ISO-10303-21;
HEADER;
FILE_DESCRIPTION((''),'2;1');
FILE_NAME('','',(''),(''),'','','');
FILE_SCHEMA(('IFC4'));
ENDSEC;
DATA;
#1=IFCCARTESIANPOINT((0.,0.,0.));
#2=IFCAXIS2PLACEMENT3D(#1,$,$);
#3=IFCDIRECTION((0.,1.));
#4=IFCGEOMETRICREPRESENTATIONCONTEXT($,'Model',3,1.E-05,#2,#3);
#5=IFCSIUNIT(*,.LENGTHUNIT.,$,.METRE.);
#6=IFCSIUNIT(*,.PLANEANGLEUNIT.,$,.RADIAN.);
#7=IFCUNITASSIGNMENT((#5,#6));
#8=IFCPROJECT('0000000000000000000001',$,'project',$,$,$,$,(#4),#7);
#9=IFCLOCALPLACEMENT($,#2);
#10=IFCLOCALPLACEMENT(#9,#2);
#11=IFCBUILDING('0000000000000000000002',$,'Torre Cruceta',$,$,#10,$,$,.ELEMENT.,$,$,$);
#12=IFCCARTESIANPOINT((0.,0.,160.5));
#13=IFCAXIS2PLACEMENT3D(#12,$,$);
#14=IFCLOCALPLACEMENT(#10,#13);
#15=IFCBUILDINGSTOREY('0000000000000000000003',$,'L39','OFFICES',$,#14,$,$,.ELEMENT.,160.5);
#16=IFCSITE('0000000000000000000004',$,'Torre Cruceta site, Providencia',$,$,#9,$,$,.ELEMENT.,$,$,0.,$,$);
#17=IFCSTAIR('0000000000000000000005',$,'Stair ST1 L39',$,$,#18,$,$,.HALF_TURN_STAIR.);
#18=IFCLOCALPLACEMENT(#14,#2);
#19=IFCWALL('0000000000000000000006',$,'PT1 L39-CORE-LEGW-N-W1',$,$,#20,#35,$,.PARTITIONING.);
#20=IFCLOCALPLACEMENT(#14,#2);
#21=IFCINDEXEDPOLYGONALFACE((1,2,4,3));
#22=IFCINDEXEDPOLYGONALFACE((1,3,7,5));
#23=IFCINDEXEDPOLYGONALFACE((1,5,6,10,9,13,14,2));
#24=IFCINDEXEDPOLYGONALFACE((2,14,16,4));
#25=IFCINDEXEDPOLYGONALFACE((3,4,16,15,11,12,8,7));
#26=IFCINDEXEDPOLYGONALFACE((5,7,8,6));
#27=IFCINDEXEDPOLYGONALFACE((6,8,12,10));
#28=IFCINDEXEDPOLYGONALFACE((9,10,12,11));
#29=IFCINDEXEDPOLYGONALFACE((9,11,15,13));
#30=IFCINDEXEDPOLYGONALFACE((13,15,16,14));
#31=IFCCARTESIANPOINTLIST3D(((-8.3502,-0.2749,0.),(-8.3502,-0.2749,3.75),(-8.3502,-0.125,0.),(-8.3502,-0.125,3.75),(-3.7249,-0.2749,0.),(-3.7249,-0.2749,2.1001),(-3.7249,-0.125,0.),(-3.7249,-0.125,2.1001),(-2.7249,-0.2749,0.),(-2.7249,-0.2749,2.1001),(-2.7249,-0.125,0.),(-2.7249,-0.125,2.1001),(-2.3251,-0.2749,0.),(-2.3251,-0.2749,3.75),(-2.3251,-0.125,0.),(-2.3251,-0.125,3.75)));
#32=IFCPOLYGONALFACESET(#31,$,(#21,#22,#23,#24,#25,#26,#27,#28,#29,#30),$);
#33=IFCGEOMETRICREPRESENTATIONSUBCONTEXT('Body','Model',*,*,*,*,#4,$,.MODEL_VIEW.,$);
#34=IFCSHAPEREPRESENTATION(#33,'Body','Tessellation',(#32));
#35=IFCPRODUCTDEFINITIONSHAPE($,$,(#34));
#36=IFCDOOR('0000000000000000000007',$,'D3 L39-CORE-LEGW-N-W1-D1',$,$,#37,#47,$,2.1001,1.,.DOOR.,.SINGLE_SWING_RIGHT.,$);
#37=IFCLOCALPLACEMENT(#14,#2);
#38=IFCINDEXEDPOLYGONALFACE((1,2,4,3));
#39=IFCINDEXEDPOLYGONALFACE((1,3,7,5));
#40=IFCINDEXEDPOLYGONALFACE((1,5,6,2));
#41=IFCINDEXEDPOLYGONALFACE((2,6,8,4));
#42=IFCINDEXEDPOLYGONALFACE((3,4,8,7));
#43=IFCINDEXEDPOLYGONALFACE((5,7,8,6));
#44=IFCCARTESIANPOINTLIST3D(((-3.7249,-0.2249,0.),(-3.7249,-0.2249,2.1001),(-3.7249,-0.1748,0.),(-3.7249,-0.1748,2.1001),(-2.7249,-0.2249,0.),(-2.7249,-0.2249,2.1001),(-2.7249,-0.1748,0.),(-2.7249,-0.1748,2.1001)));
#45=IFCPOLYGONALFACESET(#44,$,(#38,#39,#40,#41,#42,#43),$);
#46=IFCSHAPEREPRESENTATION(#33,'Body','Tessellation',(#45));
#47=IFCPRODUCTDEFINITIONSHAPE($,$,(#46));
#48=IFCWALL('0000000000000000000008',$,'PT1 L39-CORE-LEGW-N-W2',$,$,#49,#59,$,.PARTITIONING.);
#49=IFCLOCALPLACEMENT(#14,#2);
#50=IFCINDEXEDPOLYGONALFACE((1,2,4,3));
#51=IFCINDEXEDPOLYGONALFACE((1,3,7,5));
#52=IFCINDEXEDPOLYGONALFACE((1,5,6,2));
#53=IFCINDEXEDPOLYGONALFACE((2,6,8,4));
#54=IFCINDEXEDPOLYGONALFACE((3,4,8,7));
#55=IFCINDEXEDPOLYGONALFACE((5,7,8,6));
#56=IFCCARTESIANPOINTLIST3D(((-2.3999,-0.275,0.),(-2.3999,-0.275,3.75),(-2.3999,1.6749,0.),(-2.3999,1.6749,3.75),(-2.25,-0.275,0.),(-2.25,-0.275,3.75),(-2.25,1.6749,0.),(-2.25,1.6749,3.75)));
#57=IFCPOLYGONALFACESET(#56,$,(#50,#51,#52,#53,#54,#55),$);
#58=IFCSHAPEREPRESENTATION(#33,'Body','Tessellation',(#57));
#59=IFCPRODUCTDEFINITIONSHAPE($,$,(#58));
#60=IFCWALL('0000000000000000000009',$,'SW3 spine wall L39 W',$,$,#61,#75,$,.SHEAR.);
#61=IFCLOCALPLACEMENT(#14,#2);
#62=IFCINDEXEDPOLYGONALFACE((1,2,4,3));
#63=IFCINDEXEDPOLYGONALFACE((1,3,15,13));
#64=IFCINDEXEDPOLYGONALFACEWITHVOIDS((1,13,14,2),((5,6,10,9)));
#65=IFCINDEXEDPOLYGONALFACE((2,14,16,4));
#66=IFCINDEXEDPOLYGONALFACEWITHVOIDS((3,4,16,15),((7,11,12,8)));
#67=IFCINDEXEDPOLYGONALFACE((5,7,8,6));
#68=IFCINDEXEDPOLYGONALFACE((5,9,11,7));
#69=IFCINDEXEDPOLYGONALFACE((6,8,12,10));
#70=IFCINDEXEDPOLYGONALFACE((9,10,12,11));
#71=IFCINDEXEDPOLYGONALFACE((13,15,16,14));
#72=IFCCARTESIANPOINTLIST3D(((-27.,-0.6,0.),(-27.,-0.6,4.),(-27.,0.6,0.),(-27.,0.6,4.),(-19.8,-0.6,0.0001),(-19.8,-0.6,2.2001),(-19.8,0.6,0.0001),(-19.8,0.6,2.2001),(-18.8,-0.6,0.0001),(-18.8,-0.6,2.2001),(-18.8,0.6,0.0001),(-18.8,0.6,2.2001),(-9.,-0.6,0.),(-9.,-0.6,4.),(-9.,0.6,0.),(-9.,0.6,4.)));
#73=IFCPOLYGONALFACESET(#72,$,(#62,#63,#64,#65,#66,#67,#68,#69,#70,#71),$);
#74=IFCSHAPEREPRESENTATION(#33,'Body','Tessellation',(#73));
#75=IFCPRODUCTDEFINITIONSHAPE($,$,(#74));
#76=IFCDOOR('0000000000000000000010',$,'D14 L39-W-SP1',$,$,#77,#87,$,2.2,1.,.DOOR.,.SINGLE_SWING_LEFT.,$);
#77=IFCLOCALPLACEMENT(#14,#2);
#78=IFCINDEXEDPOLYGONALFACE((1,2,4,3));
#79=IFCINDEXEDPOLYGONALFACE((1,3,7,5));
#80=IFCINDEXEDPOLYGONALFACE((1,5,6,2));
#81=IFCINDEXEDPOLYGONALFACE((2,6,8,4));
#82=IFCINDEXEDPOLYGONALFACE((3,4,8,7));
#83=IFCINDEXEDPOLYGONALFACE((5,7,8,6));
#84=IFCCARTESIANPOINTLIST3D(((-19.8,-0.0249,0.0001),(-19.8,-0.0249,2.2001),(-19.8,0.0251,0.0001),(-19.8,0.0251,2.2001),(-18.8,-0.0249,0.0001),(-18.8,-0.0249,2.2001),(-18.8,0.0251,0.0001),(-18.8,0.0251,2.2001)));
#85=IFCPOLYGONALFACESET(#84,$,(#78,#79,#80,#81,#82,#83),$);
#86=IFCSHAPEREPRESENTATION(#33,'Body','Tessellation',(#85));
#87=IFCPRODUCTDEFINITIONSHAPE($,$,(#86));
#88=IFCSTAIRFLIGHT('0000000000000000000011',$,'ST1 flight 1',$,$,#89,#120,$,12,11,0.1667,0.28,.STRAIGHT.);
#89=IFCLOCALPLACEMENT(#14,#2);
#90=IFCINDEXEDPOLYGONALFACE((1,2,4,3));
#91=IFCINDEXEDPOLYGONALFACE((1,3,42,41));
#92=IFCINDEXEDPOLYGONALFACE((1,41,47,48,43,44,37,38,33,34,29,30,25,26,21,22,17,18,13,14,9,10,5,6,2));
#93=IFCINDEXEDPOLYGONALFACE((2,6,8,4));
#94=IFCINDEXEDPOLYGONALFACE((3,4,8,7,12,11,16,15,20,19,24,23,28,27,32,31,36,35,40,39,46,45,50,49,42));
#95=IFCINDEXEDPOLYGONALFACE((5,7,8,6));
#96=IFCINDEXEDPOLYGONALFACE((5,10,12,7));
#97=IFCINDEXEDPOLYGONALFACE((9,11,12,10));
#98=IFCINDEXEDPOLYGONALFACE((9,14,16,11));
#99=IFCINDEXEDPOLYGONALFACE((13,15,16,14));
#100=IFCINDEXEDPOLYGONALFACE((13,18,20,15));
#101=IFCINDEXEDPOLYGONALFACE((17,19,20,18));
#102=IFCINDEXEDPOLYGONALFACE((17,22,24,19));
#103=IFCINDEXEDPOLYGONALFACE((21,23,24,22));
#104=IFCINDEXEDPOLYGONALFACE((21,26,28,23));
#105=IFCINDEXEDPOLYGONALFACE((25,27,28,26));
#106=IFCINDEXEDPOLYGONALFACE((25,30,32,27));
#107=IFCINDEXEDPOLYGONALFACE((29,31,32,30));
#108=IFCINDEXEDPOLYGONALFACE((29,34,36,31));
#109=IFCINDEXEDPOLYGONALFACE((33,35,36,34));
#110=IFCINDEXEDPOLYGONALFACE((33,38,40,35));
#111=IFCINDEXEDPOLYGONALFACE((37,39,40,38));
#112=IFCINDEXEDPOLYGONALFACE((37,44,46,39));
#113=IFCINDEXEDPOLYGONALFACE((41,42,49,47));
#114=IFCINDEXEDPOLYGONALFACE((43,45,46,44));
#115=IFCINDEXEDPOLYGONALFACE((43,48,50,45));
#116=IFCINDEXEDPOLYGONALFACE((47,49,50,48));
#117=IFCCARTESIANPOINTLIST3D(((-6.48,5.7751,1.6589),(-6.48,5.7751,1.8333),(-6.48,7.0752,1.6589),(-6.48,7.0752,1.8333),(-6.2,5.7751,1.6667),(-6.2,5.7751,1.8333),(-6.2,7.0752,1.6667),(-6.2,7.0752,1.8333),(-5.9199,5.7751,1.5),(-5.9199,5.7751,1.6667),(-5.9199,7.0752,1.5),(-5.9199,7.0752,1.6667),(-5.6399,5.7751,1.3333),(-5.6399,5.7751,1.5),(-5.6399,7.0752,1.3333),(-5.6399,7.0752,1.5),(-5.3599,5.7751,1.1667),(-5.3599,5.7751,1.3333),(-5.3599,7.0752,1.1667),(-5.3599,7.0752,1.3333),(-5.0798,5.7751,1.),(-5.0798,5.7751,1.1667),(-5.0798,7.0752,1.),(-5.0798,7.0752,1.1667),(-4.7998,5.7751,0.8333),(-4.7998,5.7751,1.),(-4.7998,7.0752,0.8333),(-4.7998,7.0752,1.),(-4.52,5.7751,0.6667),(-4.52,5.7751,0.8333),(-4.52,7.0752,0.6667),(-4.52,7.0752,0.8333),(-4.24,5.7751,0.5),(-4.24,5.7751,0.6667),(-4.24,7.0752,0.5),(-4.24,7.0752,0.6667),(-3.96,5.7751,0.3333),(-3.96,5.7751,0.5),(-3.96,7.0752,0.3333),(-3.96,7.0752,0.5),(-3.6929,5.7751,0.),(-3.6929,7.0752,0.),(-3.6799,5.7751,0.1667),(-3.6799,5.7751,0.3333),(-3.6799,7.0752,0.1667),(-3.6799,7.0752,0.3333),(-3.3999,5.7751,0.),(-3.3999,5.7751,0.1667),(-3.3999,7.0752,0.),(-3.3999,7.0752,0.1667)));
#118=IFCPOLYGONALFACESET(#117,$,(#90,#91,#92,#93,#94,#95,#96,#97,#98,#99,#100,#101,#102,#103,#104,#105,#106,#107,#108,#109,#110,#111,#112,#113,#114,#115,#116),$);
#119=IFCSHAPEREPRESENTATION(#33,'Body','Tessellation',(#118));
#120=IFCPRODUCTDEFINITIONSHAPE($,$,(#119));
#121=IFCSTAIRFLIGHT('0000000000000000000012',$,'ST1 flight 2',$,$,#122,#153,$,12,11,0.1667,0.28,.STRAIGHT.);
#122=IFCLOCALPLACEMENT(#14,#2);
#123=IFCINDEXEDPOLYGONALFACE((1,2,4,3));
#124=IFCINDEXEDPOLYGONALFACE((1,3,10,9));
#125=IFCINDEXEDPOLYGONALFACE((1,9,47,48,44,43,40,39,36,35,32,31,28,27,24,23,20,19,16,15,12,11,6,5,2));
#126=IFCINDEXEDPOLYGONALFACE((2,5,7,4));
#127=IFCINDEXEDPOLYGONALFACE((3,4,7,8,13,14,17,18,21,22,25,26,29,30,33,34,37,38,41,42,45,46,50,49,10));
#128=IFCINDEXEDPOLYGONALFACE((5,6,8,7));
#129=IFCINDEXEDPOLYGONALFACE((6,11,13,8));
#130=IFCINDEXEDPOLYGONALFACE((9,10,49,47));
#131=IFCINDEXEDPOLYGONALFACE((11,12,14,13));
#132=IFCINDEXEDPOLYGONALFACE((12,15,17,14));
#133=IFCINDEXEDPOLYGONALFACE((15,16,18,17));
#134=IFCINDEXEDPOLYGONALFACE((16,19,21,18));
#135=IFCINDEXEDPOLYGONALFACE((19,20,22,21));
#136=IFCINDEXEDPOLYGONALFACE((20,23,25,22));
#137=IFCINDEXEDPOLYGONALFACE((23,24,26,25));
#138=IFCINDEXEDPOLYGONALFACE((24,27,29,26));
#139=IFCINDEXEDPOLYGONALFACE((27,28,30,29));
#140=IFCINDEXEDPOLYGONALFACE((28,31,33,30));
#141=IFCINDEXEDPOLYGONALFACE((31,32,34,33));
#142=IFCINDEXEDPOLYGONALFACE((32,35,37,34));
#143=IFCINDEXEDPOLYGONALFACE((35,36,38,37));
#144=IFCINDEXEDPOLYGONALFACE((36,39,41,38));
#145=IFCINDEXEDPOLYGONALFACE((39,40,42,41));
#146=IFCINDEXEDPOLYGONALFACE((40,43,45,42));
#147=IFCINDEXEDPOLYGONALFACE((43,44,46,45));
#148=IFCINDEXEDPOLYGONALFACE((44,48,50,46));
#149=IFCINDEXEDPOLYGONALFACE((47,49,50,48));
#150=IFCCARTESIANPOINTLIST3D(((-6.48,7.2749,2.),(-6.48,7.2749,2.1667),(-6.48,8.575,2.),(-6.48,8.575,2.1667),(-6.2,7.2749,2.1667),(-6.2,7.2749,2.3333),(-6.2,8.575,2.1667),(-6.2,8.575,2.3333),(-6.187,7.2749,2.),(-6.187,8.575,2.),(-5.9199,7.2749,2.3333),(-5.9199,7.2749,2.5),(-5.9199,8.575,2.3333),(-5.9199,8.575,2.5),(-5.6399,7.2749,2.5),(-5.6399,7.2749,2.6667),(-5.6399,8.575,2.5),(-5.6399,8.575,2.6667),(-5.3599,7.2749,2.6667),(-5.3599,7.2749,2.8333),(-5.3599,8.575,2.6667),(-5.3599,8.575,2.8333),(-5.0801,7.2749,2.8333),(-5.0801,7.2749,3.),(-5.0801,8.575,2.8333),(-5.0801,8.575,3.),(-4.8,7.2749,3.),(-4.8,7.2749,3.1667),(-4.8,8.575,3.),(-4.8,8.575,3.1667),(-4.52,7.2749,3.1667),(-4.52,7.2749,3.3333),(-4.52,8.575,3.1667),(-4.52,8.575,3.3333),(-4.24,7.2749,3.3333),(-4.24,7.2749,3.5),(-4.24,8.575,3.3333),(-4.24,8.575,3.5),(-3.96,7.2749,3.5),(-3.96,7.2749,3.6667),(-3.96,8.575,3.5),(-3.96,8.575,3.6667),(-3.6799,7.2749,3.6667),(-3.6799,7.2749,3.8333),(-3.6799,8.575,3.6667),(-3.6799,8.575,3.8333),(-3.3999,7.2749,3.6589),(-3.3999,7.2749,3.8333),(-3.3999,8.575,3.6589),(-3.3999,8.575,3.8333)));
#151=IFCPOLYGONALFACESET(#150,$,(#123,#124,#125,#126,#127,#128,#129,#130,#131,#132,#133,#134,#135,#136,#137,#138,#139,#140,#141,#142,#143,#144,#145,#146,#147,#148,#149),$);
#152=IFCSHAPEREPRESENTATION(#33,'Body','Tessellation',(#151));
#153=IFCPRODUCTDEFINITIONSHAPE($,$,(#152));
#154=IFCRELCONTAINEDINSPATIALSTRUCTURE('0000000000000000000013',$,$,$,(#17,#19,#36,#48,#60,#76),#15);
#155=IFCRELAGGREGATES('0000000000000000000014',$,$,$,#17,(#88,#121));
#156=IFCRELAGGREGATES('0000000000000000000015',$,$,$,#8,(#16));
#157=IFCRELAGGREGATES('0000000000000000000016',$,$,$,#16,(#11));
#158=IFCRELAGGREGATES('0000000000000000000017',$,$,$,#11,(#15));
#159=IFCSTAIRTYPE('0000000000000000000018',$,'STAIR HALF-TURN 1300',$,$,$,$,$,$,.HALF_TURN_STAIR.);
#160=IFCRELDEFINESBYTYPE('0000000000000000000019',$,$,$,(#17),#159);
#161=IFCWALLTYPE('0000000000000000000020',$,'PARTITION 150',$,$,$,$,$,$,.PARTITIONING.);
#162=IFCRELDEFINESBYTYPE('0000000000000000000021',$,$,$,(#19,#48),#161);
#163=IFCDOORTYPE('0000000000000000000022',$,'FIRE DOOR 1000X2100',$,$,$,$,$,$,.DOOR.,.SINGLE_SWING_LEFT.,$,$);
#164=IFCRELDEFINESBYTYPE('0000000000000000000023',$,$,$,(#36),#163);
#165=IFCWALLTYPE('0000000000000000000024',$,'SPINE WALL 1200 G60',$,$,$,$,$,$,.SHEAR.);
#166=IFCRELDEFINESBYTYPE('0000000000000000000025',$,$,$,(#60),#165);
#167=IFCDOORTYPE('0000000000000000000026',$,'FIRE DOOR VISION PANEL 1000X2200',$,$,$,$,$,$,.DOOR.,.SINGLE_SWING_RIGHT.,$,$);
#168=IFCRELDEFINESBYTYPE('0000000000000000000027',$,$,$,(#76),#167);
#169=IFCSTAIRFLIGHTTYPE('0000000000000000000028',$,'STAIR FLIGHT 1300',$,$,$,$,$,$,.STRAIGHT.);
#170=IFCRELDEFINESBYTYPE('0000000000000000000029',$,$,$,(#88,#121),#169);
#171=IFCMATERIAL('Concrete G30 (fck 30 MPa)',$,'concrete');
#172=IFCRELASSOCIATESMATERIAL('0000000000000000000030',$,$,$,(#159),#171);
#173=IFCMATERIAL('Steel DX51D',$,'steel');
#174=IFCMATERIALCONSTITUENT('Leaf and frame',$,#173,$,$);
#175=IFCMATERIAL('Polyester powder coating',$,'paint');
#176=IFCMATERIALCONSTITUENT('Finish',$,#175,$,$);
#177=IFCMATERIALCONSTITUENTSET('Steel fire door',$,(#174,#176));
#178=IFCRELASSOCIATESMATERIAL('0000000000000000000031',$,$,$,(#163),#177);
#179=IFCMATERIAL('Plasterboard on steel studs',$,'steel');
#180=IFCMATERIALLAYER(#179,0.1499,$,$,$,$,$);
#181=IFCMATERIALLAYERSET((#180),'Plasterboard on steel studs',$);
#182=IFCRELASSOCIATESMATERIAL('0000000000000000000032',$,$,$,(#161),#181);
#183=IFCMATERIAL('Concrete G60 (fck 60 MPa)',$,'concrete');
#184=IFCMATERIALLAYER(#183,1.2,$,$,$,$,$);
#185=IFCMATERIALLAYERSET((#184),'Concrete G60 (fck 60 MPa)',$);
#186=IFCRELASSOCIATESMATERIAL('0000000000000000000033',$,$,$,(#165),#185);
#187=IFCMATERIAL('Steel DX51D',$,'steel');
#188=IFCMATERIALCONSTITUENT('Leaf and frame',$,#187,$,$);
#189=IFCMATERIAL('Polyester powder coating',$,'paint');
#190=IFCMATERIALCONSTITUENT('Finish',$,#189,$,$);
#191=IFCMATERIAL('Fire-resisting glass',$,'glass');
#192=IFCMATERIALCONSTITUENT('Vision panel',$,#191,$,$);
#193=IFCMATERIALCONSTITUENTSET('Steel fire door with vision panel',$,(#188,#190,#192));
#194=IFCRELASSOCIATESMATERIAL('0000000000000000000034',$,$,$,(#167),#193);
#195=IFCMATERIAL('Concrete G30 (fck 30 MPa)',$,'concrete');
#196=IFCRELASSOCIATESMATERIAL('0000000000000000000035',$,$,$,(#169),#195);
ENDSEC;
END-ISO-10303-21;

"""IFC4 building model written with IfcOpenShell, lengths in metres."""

from ifc_helpers import new_model, si_unit, direction, frame, frame_2d, origin, place, context, subcontext, project, spatial, polyline, rectangle, outline, extrude, material, layer, layer_set, constituent, constituent_set, type_object, element, fill, aggregate, save


model = new_model("IFC4")

# Units and contexts
model_context = context("Model", 3, precision=1e-05, world=origin(), true_north=direction((0.0, 1.0)))
body_context = subcontext(model_context, "Body", "Model", "MODEL_VIEW")
ifc_project = project(units=[si_unit("LENGTHUNIT", "METRE"), si_unit("PLANEANGLEUNIT", "RADIAN")], contexts=[model_context])

# Site, building, storey
site_placement = place(None, origin())
site = spatial("IfcSite", under=ifc_project, at=site_placement, Name="Torre Cruceta site, Providencia", CompositionType="ELEMENT", RefElevation=0.0)
building_placement = place(site_placement, origin())
building = spatial("IfcBuilding", under=site, at=building_placement, Name="Torre Cruceta", CompositionType="ELEMENT")
storey_placement = place(building_placement, frame((0.0, 0.0, 160.5)))
storey = spatial("IfcBuildingStorey", under=building, at=storey_placement, Name="L39", Description="OFFICES", CompositionType="ELEMENT", Elevation=160.5)

# Stair
ifc_material_1 = material(Name="Concrete G30 (fck 30 MPa)", Category="concrete")
stair_type = type_object("IfcStairType", Name="STAIR HALF-TURN 1300", PredefinedType="HALF_TURN_STAIR", material=ifc_material_1)
stair_1_placement = place(storey_placement, origin())
stair_1 = element("IfcStair", 1, at=stair_1_placement, inside=storey, type_object=stair_type, Name="Stair ST1 L39", PredefinedType="HALF_TURN_STAIR")

# Shared definitions
ifc_material_2 = material(Name="Steel DX51D", Category="steel")
ifc_constituent_1 = constituent(ifc_material_2, Name="Leaf and frame")
ifc_material_3 = material(Name="Polyester powder coating", Category="paint")
ifc_constituent_2 = constituent(ifc_material_3, Name="Finish")
ifc_constituent_set_1 = constituent_set(constituents=[ifc_constituent_1, ifc_constituent_2], Name="Steel fire door")
door_type_1 = type_object("IfcDoorType", Name="FIRE DOOR 1000X2100", OperationType="SINGLE_SWING_LEFT", PredefinedType="DOOR", material=ifc_constituent_set_1)

# Wall, opening, door
ifc_material_4 = material(Name="Plasterboard on steel studs", Category="steel")
ifc_layer_1 = layer(ifc_material_4, 0.1499)
ifc_layer_set_1 = layer_set([ifc_layer_1], Name="Plasterboard on steel studs")
wall_type_1 = type_object("IfcWallType", Name="PARTITION 150", PredefinedType="PARTITIONING", material=ifc_layer_set_1)
wall_1_placement = place(storey_placement, frame((-2.325, -0.2, 0.0), z_axis=(0.0, 0.0, 1.0), x_axis=(-1.0, 0.0, 0.0)))
wall_1 = element("IfcWall", 2, at=wall_1_placement, inside=storey, type_object=wall_type_1, Name="PT1 L39-CORE-LEGW-N-W1", PredefinedType="PARTITIONING", context=body_context, shape_type="SweptSolid", body=[
    extrude(rectangle(XDim=6.0251, YDim=0.1499, at=frame_2d((3.0127, 0.0))), origin(), (0.0, 0.0, 1.0), 3.75),
])
opening_1_placement = place(wall_1_placement, frame((0.3999, 0.0, 0.0)))
opening_1 = element("IfcOpeningElement", 3, at=opening_1_placement, cuts=wall_1, PredefinedType="OPENING", context=body_context, shape_type="SweptSolid", body=[
    extrude(rectangle(XDim=1.0, YDim=2.1001, at=frame_2d((0.5, 1.05))), frame((0.0, 0.085, 0.0), z_axis=(0.0, -1.0, 0.0), x_axis=(1.0, 0.0, 0.0)), (0.0, 0.0, 1.0), 0.1699),
])
door_1_placement = place(opening_1_placement, frame((1.0, 0.0, 0.0), z_axis=(0.0, 0.0, 1.0), x_axis=(-1.0, 0.0, 0.0)))
door_1 = element("IfcDoor", 4, at=door_1_placement, inside=storey, type_object=door_type_1, Name="D3 L39-CORE-LEGW-N-W1-D1", OperationType="SINGLE_SWING_RIGHT", OverallHeight=2.1001, OverallWidth=1.0, PredefinedType="DOOR", context=body_context, shape_type="SweptSolid", body=[
    extrude(rectangle(XDim=1.0, YDim=2.1001, at=frame_2d((0.5, 1.05))), frame((0.0, 0.0251, 0.0), z_axis=(0.0, -1.0, 0.0), x_axis=(1.0, 0.0, 0.0)), (0.0, 0.0, 1.0), 0.05),
])
fill(opening_1, door_1)

# Wall
wall_2_placement = place(storey_placement, frame((-2.325, 1.675, 0.0), z_axis=(0.0, 0.0, 1.0), x_axis=(0.0, -1.0, 0.0)))
element("IfcWall", 5, at=wall_2_placement, inside=storey, type_object=wall_type_1, Name="PT1 L39-CORE-LEGW-N-W2", PredefinedType="PARTITIONING", context=body_context, shape_type="SweptSolid", body=[
    extrude(rectangle(XDim=1.95, YDim=0.1499, at=frame_2d((0.9751, 0.0))), origin(), (0.0, 0.0, 1.0), 3.75),
])

# Wall, opening, door
ifc_material_5 = material(Name="Concrete G60 (fck 60 MPa)", Category="concrete")
ifc_layer_2 = layer(ifc_material_5, 1.2)
ifc_layer_set_2 = layer_set([ifc_layer_2], Name="Concrete G60 (fck 60 MPa)")
wall_type_2 = type_object("IfcWallType", Name="SPINE WALL 1200 G60", PredefinedType="SHEAR", material=ifc_layer_set_2)
wall_3_placement = place(storey_placement, frame((-9.0, 0.0, 0.0), z_axis=(0.0, 0.0, 1.0), x_axis=(-1.0, 0.0, 0.0)))
wall_3 = element("IfcWall", 6, at=wall_3_placement, inside=storey, type_object=wall_type_2, Name="SW3 spine wall L39 W", PredefinedType="SHEAR", context=body_context, shape_type="SweptSolid", body=[
    extrude(rectangle(XDim=18.0, YDim=1.2, at=frame_2d((9.0, 0.0))), origin(), (0.0, 0.0, 1.0), 4.0),
])
opening_2_placement = place(wall_3_placement, frame((9.8, 0.0, 0.0)))
opening_2 = element("IfcOpeningElement", 7, at=opening_2_placement, cuts=wall_3, PredefinedType="OPENING", context=body_context, shape_type="SweptSolid", body=[
    extrude(rectangle(XDim=1.0, YDim=2.2, at=frame_2d((0.5, 1.1001))), frame((0.0, 0.6099, 0.0), z_axis=(0.0, -1.0, 0.0), x_axis=(1.0, 0.0, 0.0)), (0.0, 0.0, 1.0), 1.22),
])
ifc_material_6 = material(Name="Steel DX51D", Category="steel")
ifc_constituent_3 = constituent(ifc_material_6, Name="Leaf and frame")
ifc_material_7 = material(Name="Polyester powder coating", Category="paint")
ifc_constituent_4 = constituent(ifc_material_7, Name="Finish")
ifc_material_8 = material(Name="Fire-resisting glass", Category="glass")
ifc_constituent_5 = constituent(ifc_material_8, Name="Vision panel")
ifc_constituent_set_2 = constituent_set(constituents=[ifc_constituent_3, ifc_constituent_4, ifc_constituent_5], Name="Steel fire door with vision panel")
door_type_2 = type_object("IfcDoorType", Name="FIRE DOOR VISION PANEL 1000X2200", OperationType="SINGLE_SWING_RIGHT", PredefinedType="DOOR", material=ifc_constituent_set_2)
door_2_placement = place(opening_2_placement, frame((1.0, 0.0, 0.0), z_axis=(0.0, 0.0, 1.0), x_axis=(-1.0, 0.0, 0.0)))
door_2 = element("IfcDoor", 8, at=door_2_placement, inside=storey, type_object=door_type_2, Name="D14 L39-W-SP1", OperationType="SINGLE_SWING_LEFT", OverallHeight=2.2, OverallWidth=1.0, PredefinedType="DOOR", context=body_context, shape_type="SweptSolid", body=[
    extrude(rectangle(XDim=1.0, YDim=2.2, at=frame_2d((0.5, 1.1001))), frame((0.0, 0.0251, 0.0), z_axis=(0.0, -1.0, 0.0), x_axis=(1.0, 0.0, 0.0)), (0.0, 0.0, 1.0), 0.05),
])
fill(opening_2, door_2)

# Stair flights
ifc_material_9 = material(Name="Concrete G30 (fck 30 MPa)", Category="concrete")
stair_flight_type = type_object("IfcStairFlightType", Name="STAIR FLIGHT 1300", PredefinedType="STRAIGHT", material=ifc_material_9)
stair_flight_1_placement = place(storey_placement, frame((-3.3999, 6.425, 0.0), z_axis=(0.0, 0.0, 1.0), x_axis=(-1.0, 0.0, 0.0)))
stair_flight_1 = element("IfcStairFlight", 9, at=stair_flight_1_placement, type_object=stair_flight_type, Name="ST1 flight 1", NumberOfRisers=12, NumberOfTreads=11, PredefinedType="STRAIGHT", RiserHeight=0.1667, TreadLength=0.28, context=body_context, shape_type="SweptSolid", body=[
    extrude(outline(polyline([(0.0, 0.0), (0.0, 0.1667), (0.28, 0.1667), (0.28, 0.3333), (0.5601, 0.3333), (0.5601, 0.5), (0.8401, 0.5), (0.8401, 0.6667), (1.1201, 0.6667), (1.1201, 0.8333), (1.3999, 0.8333), (1.3999, 1.0), (1.6799, 1.0), (1.6799, 1.1667), (1.96, 1.1667), (1.96, 1.3333), (2.24, 1.3333), (2.24, 1.5), (2.52, 1.5), (2.52, 1.6667), (2.8, 1.6667), (2.8, 1.8333), (3.0801, 1.8333), (3.0801, 2.0), (3.0801, 1.6589), (0.293, 0.0), (0.0, 0.0)])), frame((0.0, 0.6499, 0.0), z_axis=(0.0, -1.0, 0.0), x_axis=(1.0, 0.0, 0.0)), (0.0, 0.0, 1.0), 1.3),
])
stair_flight_2_placement = place(storey_placement, frame((-6.48, 7.925, 2.0), z_axis=(0.0, 0.0, 1.0), x_axis=(1.0, 0.0, 0.0)))
stair_flight_2 = element("IfcStairFlight", 10, at=stair_flight_2_placement, type_object=stair_flight_type, Name="ST1 flight 2", NumberOfRisers=12, NumberOfTreads=11, PredefinedType="STRAIGHT", RiserHeight=0.1667, TreadLength=0.28, context=body_context, shape_type="SweptSolid", body=[
    extrude(outline(polyline([(0.0, 0.0), (0.0, 0.1667), (0.28, 0.1667), (0.28, 0.3333), (0.5601, 0.3333), (0.5601, 0.5), (0.8401, 0.5), (0.8401, 0.6667), (1.1201, 0.6667), (1.1201, 0.8333), (1.3999, 0.8333), (1.3999, 1.0), (1.6799, 1.0), (1.6799, 1.1667), (1.96, 1.1667), (1.96, 1.3333), (2.24, 1.3333), (2.24, 1.5), (2.52, 1.5), (2.52, 1.6667), (2.8, 1.6667), (2.8, 1.8333), (3.0801, 1.8333), (3.0801, 2.0), (3.0801, 1.6589), (0.293, 0.0), (0.0, 0.0)])), frame((0.0, 0.6499, 0.0), z_axis=(0.0, -1.0, 0.0), x_axis=(1.0, 0.0, 0.0)), (0.0, 0.0, 1.0), 1.3),
])
aggregate(stair_1, [stair_flight_1, stair_flight_2])

save(model, "model.ifc")
